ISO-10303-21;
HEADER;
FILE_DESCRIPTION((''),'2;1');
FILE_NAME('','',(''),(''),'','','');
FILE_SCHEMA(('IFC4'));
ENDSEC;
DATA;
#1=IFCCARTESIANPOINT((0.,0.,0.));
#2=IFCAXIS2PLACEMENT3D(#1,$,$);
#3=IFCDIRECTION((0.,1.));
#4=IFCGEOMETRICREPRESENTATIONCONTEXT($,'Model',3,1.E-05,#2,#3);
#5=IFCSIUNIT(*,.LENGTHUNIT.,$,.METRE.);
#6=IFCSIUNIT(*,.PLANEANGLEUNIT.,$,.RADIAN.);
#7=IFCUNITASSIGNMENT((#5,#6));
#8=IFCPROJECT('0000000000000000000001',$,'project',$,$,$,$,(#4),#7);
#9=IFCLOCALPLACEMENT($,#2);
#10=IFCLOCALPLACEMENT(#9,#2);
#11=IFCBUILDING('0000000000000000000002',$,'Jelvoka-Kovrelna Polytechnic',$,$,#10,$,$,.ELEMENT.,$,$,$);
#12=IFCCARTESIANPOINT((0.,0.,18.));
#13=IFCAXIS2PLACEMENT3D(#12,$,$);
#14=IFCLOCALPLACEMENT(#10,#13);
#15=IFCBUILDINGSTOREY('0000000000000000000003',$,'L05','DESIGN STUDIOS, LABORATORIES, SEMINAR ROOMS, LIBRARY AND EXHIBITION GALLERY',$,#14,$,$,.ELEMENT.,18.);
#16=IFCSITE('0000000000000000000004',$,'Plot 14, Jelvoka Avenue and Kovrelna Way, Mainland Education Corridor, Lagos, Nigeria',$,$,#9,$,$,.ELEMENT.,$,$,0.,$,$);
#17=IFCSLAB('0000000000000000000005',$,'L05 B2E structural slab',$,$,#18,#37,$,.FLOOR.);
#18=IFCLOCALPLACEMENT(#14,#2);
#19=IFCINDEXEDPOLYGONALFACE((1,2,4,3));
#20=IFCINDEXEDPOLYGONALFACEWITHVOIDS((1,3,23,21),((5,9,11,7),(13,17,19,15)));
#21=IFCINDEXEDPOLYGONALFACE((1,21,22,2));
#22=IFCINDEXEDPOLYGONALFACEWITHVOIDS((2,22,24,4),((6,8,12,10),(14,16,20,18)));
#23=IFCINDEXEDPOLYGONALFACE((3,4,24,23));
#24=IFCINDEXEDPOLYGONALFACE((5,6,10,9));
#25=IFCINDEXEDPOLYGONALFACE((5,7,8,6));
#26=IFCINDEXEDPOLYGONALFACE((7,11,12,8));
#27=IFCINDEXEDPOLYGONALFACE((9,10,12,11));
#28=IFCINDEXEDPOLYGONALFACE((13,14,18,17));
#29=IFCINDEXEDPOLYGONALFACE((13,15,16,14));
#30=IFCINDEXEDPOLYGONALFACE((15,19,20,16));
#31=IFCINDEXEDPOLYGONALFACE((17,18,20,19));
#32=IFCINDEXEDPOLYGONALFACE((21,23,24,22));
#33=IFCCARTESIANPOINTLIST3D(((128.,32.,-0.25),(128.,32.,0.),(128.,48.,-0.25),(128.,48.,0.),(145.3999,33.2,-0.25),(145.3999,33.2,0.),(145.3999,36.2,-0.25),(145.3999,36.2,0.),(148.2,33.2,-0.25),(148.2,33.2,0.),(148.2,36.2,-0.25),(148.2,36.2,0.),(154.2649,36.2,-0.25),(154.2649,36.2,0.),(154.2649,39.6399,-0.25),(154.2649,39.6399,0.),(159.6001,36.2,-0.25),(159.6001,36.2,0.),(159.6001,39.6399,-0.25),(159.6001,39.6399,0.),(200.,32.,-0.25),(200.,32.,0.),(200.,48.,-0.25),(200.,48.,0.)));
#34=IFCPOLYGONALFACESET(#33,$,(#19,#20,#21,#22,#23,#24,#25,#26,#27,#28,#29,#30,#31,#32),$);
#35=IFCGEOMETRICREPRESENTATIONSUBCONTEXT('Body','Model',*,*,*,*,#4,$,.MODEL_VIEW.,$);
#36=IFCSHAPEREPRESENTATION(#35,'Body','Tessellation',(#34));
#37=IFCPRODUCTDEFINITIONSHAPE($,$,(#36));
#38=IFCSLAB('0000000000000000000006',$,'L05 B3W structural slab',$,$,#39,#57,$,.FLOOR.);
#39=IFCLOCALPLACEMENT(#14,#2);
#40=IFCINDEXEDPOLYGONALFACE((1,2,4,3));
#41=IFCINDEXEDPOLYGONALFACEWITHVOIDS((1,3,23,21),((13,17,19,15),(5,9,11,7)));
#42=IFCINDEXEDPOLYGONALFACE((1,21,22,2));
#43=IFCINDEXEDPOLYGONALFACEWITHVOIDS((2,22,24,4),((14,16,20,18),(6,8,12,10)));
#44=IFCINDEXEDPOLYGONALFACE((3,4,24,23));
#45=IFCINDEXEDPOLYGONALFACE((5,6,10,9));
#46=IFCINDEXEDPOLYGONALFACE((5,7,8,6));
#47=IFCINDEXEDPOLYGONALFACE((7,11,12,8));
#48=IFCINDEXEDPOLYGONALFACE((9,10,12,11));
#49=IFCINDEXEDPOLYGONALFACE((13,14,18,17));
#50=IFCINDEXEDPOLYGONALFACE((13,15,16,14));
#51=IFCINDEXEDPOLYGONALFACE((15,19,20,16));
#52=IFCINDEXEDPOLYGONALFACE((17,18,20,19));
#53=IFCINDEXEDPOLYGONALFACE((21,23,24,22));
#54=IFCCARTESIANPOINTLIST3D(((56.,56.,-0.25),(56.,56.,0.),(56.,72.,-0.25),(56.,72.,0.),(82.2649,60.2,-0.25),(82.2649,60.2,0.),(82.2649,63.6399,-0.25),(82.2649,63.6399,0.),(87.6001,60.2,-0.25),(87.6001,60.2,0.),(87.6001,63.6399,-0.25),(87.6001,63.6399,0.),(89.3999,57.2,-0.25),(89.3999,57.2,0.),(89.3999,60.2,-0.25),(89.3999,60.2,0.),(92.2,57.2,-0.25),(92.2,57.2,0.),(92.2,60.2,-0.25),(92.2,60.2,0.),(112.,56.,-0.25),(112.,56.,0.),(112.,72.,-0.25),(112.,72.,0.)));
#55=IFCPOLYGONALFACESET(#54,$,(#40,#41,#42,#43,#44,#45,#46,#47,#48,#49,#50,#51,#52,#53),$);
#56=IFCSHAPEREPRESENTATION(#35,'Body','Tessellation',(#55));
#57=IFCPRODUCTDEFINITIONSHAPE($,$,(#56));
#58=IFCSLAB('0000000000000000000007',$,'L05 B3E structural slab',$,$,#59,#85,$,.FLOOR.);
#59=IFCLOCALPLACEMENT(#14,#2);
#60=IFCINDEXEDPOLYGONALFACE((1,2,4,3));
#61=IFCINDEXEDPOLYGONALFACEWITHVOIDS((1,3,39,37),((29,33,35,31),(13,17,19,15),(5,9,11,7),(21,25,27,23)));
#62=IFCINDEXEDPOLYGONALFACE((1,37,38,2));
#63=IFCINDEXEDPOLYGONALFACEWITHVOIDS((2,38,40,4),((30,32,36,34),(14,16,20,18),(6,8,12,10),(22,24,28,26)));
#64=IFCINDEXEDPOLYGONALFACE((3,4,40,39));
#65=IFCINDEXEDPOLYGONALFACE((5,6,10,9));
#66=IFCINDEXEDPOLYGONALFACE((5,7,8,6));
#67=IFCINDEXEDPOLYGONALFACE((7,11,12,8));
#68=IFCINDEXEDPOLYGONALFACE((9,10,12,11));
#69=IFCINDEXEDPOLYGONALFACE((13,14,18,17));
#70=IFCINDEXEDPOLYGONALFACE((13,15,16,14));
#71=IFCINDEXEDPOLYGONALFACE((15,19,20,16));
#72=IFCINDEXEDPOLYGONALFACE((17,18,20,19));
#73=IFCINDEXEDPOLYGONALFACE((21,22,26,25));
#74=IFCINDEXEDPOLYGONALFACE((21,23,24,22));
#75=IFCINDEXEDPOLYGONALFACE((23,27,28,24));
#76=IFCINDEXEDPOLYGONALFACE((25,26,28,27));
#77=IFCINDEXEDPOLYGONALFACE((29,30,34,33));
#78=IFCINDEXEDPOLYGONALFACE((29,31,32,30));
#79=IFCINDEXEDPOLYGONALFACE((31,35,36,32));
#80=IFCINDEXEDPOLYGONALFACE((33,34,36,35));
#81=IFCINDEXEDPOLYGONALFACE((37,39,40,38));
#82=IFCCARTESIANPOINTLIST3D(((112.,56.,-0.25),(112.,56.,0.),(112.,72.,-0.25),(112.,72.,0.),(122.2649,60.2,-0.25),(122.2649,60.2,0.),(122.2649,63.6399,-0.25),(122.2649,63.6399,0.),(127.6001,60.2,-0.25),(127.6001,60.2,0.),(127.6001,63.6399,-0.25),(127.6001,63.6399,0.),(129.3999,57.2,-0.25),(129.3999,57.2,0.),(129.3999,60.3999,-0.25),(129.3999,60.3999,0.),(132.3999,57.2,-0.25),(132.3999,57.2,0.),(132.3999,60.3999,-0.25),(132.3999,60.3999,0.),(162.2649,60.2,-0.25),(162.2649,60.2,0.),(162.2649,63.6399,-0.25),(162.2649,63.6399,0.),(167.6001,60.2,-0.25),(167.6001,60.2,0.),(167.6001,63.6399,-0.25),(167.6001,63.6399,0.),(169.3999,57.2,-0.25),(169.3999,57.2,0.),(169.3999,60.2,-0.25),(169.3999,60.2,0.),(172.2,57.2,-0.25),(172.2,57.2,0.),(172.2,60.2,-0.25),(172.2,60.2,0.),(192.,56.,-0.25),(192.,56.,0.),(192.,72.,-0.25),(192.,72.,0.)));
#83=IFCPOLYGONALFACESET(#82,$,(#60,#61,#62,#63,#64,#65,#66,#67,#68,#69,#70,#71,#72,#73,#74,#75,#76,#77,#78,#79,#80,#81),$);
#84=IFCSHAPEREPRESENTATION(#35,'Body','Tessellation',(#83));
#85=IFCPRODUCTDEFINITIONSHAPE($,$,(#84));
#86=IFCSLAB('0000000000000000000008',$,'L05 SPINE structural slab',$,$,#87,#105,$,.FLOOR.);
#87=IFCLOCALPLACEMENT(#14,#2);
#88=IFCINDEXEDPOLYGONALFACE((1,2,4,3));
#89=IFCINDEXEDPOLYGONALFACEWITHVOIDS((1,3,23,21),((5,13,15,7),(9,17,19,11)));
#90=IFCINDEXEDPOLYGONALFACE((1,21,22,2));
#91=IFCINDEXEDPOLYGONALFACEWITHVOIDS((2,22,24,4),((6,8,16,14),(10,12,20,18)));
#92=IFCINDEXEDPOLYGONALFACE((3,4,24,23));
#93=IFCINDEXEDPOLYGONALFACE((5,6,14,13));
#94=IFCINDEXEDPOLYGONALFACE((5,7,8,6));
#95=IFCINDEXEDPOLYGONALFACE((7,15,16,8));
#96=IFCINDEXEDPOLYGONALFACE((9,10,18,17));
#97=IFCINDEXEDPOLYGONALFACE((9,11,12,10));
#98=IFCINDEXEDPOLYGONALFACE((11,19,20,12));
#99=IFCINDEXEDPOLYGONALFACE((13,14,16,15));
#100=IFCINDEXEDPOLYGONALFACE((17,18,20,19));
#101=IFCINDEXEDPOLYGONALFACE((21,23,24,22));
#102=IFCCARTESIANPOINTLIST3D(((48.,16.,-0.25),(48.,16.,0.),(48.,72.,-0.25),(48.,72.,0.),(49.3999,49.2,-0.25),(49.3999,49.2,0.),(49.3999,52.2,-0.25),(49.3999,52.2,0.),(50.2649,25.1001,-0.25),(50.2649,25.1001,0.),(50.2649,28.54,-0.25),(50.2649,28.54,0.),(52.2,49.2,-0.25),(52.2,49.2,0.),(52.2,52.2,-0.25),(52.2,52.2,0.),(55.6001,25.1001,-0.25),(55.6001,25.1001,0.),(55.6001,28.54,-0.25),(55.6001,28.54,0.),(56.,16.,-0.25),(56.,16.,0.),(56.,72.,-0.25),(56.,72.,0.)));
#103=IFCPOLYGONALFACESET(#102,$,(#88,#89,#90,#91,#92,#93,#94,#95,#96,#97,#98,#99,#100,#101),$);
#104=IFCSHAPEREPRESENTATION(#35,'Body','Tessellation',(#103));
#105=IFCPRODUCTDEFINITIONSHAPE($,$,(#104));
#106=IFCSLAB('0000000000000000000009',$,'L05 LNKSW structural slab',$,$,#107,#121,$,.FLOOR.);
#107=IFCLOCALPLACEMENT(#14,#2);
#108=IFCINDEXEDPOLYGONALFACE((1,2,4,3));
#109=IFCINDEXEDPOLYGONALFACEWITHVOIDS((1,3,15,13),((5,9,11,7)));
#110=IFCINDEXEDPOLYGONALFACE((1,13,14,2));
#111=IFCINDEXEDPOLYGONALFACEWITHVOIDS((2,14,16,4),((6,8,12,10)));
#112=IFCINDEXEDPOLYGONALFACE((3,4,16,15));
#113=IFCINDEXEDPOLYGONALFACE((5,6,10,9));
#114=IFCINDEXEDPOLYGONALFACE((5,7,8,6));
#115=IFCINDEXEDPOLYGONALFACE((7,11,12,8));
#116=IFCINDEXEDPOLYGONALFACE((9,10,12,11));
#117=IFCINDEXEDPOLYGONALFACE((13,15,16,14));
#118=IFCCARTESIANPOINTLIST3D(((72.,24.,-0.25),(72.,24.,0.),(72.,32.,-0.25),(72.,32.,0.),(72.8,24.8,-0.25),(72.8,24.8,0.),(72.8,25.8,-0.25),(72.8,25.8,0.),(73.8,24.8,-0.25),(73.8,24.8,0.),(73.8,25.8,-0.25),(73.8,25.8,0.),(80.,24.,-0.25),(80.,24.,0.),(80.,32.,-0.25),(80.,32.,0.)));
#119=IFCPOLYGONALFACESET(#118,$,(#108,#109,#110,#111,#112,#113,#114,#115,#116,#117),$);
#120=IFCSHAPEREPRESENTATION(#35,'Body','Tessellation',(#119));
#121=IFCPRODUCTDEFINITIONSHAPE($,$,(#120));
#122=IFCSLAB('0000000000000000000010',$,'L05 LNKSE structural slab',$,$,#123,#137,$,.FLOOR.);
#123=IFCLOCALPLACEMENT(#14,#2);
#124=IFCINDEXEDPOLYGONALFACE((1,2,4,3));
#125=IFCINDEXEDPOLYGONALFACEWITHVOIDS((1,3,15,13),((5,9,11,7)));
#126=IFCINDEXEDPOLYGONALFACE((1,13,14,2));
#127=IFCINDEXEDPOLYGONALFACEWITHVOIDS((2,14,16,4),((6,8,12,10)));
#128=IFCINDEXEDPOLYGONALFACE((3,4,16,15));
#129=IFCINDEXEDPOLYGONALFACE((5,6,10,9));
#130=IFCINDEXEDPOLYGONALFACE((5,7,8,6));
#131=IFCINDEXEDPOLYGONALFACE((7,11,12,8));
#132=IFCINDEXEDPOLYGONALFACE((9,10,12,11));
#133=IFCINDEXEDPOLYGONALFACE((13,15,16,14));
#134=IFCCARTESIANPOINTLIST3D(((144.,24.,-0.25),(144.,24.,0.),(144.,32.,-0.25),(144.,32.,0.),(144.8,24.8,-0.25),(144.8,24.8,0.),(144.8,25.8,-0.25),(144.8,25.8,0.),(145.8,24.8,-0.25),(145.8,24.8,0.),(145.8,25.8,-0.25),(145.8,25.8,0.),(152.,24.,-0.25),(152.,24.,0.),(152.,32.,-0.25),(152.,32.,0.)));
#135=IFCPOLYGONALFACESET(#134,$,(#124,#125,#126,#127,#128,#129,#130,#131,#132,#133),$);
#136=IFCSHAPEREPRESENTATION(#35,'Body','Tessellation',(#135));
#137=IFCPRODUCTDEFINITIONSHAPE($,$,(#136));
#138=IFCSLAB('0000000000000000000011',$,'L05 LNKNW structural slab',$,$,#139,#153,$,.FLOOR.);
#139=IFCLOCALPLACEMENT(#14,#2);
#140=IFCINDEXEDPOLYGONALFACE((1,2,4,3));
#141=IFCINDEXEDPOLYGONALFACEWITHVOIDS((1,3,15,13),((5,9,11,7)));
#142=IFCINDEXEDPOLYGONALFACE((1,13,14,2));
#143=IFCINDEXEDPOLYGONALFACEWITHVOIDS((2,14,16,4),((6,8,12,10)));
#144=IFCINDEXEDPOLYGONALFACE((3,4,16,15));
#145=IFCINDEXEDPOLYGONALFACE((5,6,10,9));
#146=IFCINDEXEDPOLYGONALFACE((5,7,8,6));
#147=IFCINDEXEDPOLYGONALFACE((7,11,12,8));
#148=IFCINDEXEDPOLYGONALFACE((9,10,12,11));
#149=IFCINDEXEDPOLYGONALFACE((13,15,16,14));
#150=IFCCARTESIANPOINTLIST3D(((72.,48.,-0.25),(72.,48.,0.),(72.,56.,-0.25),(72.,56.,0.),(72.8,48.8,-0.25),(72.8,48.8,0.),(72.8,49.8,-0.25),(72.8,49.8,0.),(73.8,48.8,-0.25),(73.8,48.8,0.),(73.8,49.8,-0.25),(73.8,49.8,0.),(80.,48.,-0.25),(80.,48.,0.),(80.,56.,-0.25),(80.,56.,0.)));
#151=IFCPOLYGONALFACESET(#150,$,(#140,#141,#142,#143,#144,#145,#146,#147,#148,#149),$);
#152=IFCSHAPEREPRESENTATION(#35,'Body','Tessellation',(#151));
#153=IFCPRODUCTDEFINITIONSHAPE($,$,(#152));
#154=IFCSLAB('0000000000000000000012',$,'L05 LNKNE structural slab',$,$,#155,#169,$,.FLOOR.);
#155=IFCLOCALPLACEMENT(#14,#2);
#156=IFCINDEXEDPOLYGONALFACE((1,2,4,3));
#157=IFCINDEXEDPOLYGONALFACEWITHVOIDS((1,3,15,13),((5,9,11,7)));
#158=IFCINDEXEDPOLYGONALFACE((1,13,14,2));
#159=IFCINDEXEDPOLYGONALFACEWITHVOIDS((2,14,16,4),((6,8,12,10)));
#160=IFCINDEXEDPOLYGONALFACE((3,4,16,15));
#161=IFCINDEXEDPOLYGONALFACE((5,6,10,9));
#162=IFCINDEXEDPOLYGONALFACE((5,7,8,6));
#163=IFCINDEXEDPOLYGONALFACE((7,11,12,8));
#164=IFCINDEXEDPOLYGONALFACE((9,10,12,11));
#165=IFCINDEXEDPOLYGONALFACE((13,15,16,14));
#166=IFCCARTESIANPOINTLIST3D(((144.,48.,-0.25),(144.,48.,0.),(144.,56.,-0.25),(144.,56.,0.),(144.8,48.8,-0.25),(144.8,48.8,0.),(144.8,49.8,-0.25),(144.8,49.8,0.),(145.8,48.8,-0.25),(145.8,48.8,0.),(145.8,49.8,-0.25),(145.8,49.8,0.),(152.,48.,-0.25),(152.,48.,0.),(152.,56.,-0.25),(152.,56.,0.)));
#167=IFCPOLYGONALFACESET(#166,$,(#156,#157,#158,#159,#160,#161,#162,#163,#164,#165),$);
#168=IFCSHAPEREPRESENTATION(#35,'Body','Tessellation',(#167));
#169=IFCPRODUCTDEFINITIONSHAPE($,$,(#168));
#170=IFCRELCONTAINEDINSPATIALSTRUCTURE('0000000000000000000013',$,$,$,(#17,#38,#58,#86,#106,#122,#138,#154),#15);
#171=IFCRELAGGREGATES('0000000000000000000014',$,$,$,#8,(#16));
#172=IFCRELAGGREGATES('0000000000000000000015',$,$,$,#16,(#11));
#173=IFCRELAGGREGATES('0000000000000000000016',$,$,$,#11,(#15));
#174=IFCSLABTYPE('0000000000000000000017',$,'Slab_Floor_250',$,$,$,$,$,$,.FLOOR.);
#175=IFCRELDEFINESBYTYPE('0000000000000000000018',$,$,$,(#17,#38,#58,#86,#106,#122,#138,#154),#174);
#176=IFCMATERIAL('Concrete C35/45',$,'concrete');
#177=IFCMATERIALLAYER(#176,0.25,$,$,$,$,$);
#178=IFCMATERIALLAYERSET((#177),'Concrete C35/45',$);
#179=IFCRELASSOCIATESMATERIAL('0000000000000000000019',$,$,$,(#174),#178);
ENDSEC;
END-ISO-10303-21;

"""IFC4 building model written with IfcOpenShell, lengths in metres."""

from ifc_helpers import new_model, si_unit, direction, frame, origin, place, context, subcontext, project, spatial, polyline, outline, extrude, material, layer, layer_set, type_object, element, save


model = new_model("IFC4")

# Units and contexts
model_context = context("Model", 3, precision=1e-05, world=origin(), true_north=direction((0.0, 1.0)))
body_context = subcontext(model_context, "Body", "Model", "MODEL_VIEW")
ifc_project = project(units=[si_unit("LENGTHUNIT", "METRE"), si_unit("PLANEANGLEUNIT", "RADIAN")], contexts=[model_context])

# Site, building, storey
site_placement = place(None, origin())
site = spatial("IfcSite", under=ifc_project, at=site_placement, Name="Plot 14, Jelvoka Avenue and Kovrelna Way, Mainland Education Corridor, Lagos, Nigeria", CompositionType="ELEMENT", RefElevation=0.0)
building_placement = place(site_placement, origin())
building = spatial("IfcBuilding", under=site, at=building_placement, Name="Jelvoka-Kovrelna Polytechnic", CompositionType="ELEMENT")
storey_placement = place(building_placement, frame((0.0, 0.0, 18.0)))
storey = spatial("IfcBuildingStorey", under=building, at=storey_placement, Name="L05", Description="DESIGN STUDIOS, LABORATORIES, SEMINAR ROOMS, LIBRARY AND EXHIBITION GALLERY", CompositionType="ELEMENT", Elevation=18.0)

# Slabs
ifc_material_1 = material(Name="Concrete C35/45", Category="concrete")
ifc_layer_1 = layer(ifc_material_1, 0.25)
ifc_layer_set_1 = layer_set([ifc_layer_1], Name="Concrete C35/45")
slab_type_1 = type_object("IfcSlabType", Name="Slab_Floor_250", PredefinedType="FLOOR", material=ifc_layer_set_1)
slab_1_placement = place(storey_placement, frame((0.0, 0.0, -0.25)))
element("IfcSlab", 1, at=slab_1_placement, inside=storey, type_object=slab_type_1, Name="L05 B2E structural slab", PredefinedType="FLOOR", context=body_context, shape_type="SweptSolid", body=[
    extrude(outline(polyline([(128.0, 32.0), (200.0, 32.0), (200.0, 48.0), (128.0, 48.0), (128.0, 32.0)]), holes=[polyline([(145.3999, 33.2), (148.2, 33.2), (148.2, 36.2), (145.3999, 36.2), (145.3999, 33.2)]), polyline([(154.2649, 36.2), (159.6001, 36.2), (159.6001, 39.6399), (154.2649, 39.6399), (154.2649, 36.2)])]), origin(), (0.0, 0.0, 1.0), 0.25),
])
slab_2_placement = place(storey_placement, frame((0.0, 0.0, -0.25)))
element("IfcSlab", 2, at=slab_2_placement, inside=storey, type_object=slab_type_1, Name="L05 B3W structural slab", PredefinedType="FLOOR", context=body_context, shape_type="SweptSolid", body=[
    extrude(outline(polyline([(56.0, 56.0), (112.0, 56.0), (112.0, 72.0), (56.0, 72.0), (56.0, 56.0)]), holes=[polyline([(89.3999, 57.2), (92.2, 57.2), (92.2, 60.2), (89.3999, 60.2), (89.3999, 57.2)]), polyline([(82.2649, 60.2), (87.6001, 60.2), (87.6001, 63.6399), (82.2649, 63.6399), (82.2649, 60.2)])]), origin(), (0.0, 0.0, 1.0), 0.25),
])
slab_3_placement = place(storey_placement, frame((0.0, 0.0, -0.25)))
element("IfcSlab", 3, at=slab_3_placement, inside=storey, type_object=slab_type_1, Name="L05 B3E structural slab", PredefinedType="FLOOR", context=body_context, shape_type="SweptSolid", body=[
    extrude(outline(polyline([(112.0, 56.0), (192.0, 56.0), (192.0, 72.0), (112.0, 72.0), (112.0, 56.0)]), holes=[polyline([(169.3999, 57.2), (172.2, 57.2), (172.2, 60.2), (169.3999, 60.2), (169.3999, 57.2)]), polyline([(129.3999, 57.2), (132.3999, 57.2), (132.3999, 60.3999), (129.3999, 60.3999), (129.3999, 57.2)]), polyline([(162.2649, 60.2), (167.6001, 60.2), (167.6001, 63.6399), (162.2649, 63.6399), (162.2649, 60.2)]), polyline([(122.2649, 60.2), (127.6001, 60.2), (127.6001, 63.6399), (122.2649, 63.6399), (122.2649, 60.2)])]), origin(), (0.0, 0.0, 1.0), 0.25),
])
slab_4_placement = place(storey_placement, frame((0.0, 0.0, -0.25)))
element("IfcSlab", 4, at=slab_4_placement, inside=storey, type_object=slab_type_1, Name="L05 SPINE structural slab", PredefinedType="FLOOR", context=body_context, shape_type="SweptSolid", body=[
    extrude(outline(polyline([(48.0, 16.0), (56.0, 16.0), (56.0, 72.0), (48.0, 72.0), (48.0, 16.0)]), holes=[polyline([(49.3999, 49.2), (52.2, 49.2), (52.2, 52.2), (49.3999, 52.2), (49.3999, 49.2)]), polyline([(50.2649, 25.1001), (55.6001, 25.1001), (55.6001, 28.54), (50.2649, 28.54), (50.2649, 25.1001)])]), origin(), (0.0, 0.0, 1.0), 0.25),
])
slab_5_placement = place(storey_placement, frame((0.0, 0.0, -0.25)))
element("IfcSlab", 5, at=slab_5_placement, inside=storey, type_object=slab_type_1, Name="L05 LNKSW structural slab", PredefinedType="FLOOR", context=body_context, shape_type="SweptSolid", body=[
    extrude(outline(polyline([(72.0, 24.0), (80.0, 24.0), (80.0, 32.0), (72.0, 32.0), (72.0, 24.0)]), holes=[polyline([(72.8, 24.8), (73.8, 24.8), (73.8, 25.8), (72.8, 25.8), (72.8, 24.8)])]), origin(), (0.0, 0.0, 1.0), 0.25),
])
slab_6_placement = place(storey_placement, frame((0.0, 0.0, -0.25)))
element("IfcSlab", 6, at=slab_6_placement, inside=storey, type_object=slab_type_1, Name="L05 LNKSE structural slab", PredefinedType="FLOOR", context=body_context, shape_type="SweptSolid", body=[
    extrude(outline(polyline([(144.0, 24.0), (152.0, 24.0), (152.0, 32.0), (144.0, 32.0), (144.0, 24.0)]), holes=[polyline([(144.8, 24.8), (145.8, 24.8), (145.8, 25.8), (144.8, 25.8), (144.8, 24.8)])]), origin(), (0.0, 0.0, 1.0), 0.25),
])
slab_7_placement = place(storey_placement, frame((0.0, 0.0, -0.25)))
element("IfcSlab", 7, at=slab_7_placement, inside=storey, type_object=slab_type_1, Name="L05 LNKNW structural slab", PredefinedType="FLOOR", context=body_context, shape_type="SweptSolid", body=[
    extrude(outline(polyline([(72.0, 48.0), (80.0, 48.0), (80.0, 56.0), (72.0, 56.0), (72.0, 48.0)]), holes=[polyline([(72.8, 48.8), (73.8, 48.8), (73.8, 49.8), (72.8, 49.8), (72.8, 48.8)])]), origin(), (0.0, 0.0, 1.0), 0.25),
])
slab_8_placement = place(storey_placement, frame((0.0, 0.0, -0.25)))
element("IfcSlab", 8, at=slab_8_placement, inside=storey, type_object=slab_type_1, Name="L05 LNKNE structural slab", PredefinedType="FLOOR", context=body_context, shape_type="SweptSolid", body=[
    extrude(outline(polyline([(144.0, 48.0), (152.0, 48.0), (152.0, 56.0), (144.0, 56.0), (144.0, 48.0)]), holes=[polyline([(144.8, 48.8), (145.8, 48.8), (145.8, 49.8), (144.8, 49.8), (144.8, 48.8)])]), origin(), (0.0, 0.0, 1.0), 0.25),
])

save(model, "model.ifc")
